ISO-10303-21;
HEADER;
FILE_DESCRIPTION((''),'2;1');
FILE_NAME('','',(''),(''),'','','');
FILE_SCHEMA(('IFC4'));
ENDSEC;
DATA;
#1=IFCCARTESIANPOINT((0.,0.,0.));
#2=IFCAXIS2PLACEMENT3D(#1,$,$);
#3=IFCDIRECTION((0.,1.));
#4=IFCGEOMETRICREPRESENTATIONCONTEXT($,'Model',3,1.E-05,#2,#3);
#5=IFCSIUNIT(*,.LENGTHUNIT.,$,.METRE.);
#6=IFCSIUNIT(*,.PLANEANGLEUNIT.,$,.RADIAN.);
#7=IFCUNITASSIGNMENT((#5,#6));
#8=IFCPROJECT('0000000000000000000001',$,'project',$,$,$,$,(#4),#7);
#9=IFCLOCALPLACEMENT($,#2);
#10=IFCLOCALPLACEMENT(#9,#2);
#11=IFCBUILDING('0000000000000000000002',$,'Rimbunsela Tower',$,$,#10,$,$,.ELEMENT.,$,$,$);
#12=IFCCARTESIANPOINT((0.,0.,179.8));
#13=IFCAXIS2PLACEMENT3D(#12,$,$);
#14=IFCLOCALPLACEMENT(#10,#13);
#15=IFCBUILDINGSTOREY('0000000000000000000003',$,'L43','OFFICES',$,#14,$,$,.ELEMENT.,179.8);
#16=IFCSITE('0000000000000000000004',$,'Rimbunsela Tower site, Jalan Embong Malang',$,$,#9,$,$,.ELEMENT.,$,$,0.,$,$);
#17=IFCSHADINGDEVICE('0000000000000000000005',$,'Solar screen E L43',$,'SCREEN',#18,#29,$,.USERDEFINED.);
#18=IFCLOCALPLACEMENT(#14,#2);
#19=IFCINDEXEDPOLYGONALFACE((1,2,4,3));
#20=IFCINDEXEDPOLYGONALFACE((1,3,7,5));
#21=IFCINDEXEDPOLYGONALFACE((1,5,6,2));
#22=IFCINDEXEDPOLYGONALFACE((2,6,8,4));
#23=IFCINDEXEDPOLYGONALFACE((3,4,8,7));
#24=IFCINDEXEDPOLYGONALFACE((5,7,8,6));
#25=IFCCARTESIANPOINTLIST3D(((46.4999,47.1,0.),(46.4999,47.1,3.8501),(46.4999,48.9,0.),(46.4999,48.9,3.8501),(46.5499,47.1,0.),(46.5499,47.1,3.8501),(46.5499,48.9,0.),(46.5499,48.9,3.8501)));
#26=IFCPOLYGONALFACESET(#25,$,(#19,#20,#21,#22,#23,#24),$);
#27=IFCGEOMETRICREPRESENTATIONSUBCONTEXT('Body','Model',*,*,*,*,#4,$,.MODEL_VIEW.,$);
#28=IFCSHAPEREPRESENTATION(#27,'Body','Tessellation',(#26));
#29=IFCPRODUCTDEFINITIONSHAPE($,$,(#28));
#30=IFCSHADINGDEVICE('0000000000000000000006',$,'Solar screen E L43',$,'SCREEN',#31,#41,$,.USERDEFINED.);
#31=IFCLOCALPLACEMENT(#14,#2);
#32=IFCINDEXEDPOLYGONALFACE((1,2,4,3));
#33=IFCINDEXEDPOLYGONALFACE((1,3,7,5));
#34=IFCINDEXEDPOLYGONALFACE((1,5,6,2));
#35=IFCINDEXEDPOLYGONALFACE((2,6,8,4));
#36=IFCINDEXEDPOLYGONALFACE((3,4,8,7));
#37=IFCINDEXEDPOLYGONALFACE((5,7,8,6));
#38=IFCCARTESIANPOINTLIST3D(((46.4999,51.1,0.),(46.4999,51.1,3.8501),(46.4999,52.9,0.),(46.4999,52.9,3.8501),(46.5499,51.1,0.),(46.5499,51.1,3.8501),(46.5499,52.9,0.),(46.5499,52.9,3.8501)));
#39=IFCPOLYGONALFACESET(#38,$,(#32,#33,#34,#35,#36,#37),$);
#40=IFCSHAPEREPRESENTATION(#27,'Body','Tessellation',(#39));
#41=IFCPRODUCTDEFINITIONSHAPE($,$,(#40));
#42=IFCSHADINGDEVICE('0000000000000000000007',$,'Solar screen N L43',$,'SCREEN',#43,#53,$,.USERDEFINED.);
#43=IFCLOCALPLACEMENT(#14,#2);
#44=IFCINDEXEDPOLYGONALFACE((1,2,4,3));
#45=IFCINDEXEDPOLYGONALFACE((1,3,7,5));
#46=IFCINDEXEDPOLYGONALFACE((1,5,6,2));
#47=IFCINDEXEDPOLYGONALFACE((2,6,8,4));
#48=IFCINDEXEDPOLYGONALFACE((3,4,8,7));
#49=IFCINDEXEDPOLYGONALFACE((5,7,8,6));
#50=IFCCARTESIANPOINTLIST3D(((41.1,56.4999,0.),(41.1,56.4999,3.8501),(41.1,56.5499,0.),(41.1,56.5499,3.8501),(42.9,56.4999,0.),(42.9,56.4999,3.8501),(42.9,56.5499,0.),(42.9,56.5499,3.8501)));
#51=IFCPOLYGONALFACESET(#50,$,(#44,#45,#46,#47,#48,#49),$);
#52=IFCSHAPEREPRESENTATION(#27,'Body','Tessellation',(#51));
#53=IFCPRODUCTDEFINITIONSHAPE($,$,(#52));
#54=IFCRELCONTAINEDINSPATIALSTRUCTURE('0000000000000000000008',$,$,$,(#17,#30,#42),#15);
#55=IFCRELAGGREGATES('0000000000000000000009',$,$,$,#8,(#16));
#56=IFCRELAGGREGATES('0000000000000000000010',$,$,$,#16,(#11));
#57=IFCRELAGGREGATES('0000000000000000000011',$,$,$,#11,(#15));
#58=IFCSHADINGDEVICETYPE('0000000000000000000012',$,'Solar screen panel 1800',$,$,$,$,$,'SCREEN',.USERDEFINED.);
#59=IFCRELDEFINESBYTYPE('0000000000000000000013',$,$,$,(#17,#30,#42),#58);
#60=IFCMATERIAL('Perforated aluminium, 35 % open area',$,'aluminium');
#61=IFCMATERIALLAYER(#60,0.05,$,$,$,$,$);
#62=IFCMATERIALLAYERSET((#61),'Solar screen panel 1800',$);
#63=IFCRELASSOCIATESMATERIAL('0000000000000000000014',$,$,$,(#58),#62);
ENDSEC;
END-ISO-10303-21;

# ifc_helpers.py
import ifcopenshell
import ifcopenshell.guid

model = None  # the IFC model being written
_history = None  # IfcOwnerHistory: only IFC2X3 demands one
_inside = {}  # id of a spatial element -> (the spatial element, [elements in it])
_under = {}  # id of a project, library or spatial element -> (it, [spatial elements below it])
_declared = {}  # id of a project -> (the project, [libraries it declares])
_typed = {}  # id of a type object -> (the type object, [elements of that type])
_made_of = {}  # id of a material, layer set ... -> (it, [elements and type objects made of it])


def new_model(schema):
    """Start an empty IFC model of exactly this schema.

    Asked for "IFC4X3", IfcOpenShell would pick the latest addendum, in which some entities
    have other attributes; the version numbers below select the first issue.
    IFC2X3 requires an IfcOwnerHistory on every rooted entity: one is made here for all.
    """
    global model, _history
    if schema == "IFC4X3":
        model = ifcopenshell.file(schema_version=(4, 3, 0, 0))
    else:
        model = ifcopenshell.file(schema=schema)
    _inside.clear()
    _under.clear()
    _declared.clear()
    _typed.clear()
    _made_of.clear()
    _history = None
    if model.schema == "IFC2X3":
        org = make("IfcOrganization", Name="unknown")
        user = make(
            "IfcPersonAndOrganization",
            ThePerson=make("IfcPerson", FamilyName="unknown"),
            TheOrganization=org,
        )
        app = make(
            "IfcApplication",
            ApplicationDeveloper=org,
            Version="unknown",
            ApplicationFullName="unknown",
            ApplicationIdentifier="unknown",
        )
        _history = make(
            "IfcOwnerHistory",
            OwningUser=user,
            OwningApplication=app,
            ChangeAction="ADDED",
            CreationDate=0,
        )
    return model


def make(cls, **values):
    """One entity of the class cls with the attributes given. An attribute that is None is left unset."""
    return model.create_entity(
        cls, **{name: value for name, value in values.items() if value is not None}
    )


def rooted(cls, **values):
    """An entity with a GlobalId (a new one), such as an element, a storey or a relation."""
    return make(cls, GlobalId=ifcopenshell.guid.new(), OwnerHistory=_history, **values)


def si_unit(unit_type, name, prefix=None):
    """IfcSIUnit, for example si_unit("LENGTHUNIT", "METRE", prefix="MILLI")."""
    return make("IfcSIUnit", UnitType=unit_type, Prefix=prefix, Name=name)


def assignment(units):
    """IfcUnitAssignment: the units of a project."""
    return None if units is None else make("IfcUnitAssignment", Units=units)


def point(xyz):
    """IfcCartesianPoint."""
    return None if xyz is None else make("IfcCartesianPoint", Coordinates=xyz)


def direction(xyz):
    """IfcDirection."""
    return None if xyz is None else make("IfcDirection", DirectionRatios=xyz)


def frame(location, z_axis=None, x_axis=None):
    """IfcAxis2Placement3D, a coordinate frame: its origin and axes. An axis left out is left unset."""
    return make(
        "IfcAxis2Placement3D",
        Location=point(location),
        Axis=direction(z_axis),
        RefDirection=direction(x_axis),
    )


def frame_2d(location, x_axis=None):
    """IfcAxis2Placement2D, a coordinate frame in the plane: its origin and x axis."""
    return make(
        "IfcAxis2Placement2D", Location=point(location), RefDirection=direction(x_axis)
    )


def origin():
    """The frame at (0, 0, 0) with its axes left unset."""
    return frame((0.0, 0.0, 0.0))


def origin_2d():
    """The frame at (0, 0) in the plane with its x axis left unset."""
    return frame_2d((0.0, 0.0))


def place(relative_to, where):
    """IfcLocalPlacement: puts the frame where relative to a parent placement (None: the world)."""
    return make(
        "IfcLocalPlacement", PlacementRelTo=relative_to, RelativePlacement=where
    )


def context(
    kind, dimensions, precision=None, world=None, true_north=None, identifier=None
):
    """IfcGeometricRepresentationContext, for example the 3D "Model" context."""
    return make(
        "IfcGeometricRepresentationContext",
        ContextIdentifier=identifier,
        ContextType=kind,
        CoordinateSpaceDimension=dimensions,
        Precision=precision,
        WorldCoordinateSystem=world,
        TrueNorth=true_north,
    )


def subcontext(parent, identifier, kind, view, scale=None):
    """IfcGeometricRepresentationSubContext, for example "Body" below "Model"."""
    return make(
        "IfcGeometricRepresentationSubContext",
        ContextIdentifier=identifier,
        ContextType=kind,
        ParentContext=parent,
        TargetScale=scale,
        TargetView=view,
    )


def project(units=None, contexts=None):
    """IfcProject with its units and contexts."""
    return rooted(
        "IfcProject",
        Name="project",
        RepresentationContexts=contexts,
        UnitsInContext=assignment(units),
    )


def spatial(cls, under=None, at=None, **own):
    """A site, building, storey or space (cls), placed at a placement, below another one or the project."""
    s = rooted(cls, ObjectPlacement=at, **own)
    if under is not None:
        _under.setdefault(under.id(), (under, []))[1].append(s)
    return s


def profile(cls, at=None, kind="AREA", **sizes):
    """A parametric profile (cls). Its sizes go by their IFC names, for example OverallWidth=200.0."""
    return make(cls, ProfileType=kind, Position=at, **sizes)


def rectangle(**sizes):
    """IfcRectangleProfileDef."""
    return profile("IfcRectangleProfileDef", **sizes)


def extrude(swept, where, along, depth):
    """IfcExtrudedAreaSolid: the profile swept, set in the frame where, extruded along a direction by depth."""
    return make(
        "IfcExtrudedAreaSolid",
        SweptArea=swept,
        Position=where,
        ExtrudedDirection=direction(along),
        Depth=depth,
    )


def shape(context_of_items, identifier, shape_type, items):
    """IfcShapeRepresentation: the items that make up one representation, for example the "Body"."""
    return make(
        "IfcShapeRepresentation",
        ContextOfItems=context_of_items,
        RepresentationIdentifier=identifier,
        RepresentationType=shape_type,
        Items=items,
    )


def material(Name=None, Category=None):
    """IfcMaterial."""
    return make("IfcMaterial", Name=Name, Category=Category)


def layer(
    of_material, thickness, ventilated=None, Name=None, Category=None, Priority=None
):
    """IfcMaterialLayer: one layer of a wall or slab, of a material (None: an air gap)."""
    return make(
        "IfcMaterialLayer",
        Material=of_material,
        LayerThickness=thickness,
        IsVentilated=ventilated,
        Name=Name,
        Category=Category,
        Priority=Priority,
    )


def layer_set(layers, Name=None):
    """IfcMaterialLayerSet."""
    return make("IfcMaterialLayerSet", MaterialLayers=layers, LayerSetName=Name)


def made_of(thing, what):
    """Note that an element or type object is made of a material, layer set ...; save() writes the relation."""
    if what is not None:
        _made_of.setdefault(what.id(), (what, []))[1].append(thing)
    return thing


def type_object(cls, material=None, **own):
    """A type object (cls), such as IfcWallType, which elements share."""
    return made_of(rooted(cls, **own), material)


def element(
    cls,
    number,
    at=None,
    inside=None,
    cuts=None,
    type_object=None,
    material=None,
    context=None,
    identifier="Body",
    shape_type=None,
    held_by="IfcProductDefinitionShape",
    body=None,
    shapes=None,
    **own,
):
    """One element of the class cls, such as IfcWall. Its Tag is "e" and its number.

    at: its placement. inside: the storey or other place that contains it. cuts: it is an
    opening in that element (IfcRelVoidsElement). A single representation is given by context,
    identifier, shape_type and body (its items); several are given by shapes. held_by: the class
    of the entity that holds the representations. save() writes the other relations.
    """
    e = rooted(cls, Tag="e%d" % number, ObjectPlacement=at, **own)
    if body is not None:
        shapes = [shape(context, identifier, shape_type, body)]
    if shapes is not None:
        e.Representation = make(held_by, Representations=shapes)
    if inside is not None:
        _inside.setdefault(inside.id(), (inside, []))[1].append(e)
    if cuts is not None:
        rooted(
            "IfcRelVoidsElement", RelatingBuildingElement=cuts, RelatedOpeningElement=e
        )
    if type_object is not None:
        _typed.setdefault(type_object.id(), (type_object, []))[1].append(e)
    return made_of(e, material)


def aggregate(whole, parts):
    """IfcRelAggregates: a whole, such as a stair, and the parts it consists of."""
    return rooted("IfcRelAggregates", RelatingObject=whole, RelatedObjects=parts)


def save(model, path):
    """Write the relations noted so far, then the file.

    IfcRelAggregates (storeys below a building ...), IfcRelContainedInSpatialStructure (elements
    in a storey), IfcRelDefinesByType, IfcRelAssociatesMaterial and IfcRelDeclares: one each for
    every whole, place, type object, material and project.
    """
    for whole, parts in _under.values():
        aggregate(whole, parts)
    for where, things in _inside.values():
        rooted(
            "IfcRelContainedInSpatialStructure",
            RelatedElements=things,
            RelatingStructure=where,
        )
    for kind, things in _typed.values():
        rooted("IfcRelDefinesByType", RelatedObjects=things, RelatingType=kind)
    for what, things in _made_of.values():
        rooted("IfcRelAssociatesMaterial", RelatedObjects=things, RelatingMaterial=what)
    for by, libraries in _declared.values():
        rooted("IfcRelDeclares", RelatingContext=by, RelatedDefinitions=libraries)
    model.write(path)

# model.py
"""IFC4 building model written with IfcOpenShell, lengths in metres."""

from ifc_helpers import new_model, si_unit, direction, frame, origin, origin_2d, place, context, subcontext, project, spatial, rectangle, extrude, material, layer, layer_set, type_object, element, save


model = new_model("IFC4")

# Units and contexts
model_context = context("Model", 3, precision=1e-05, world=origin(), true_north=direction((0.0, 1.0)))
body_context = subcontext(model_context, "Body", "Model", "MODEL_VIEW")
ifc_project = project(units=[si_unit("LENGTHUNIT", "METRE"), si_unit("PLANEANGLEUNIT", "RADIAN")], contexts=[model_context])

# Site, building, storey
site_placement = place(None, origin())
site = spatial("IfcSite", under=ifc_project, at=site_placement, Name="Rimbunsela Tower site, Jalan Embong Malang", CompositionType="ELEMENT", RefElevation=0.0)
building_placement = place(site_placement, origin())
building = spatial("IfcBuilding", under=site, at=building_placement, Name="Rimbunsela Tower", CompositionType="ELEMENT")
storey_placement = place(building_placement, frame((0.0, 0.0, 179.8)))
storey = spatial("IfcBuildingStorey", under=building, at=storey_placement, Name="L43", Description="OFFICES", CompositionType="ELEMENT", Elevation=179.8)

# Shading devices
ifc_material_1 = material(Name="Perforated aluminium, 35 % open area", Category="aluminium")
ifc_layer_1 = layer(ifc_material_1, 0.05)
ifc_layer_set_1 = layer_set([ifc_layer_1], Name="Solar screen panel 1800")
shading_device_type = type_object("IfcShadingDeviceType", Name="Solar screen panel 1800", ElementType="SCREEN", PredefinedType="USERDEFINED", material=ifc_layer_set_1)
for number, where, z_axis, x_axis, name in (
    (1, (46.5249, 48.0, 0.0), (0.0, 0.0, 1.0), (0.0, 1.0, 0.0), "Solar screen E L43"),
    (2, (46.5249, 52.0, 0.0), (0.0, 0.0, 1.0), (0.0, 1.0, 0.0), "Solar screen E L43"),
    (3, (42.0, 56.5249, 0.0), (0.0, 0.0, 1.0), (1.0, 0.0, 0.0), "Solar screen N L43"),
):
    element("IfcShadingDevice", number, at=place(storey_placement, frame(where, z_axis=z_axis, x_axis=x_axis)), inside=storey, type_object=shading_device_type, Name=name, ObjectType="SCREEN", PredefinedType="USERDEFINED", context=body_context, shape_type="SweptSolid", body=[
        extrude(rectangle(XDim=1.8, YDim=0.05, at=origin_2d()), origin(), (0.0, 0.0, 1.0), 3.8501),
    ])

save(model, "model.ifc")
